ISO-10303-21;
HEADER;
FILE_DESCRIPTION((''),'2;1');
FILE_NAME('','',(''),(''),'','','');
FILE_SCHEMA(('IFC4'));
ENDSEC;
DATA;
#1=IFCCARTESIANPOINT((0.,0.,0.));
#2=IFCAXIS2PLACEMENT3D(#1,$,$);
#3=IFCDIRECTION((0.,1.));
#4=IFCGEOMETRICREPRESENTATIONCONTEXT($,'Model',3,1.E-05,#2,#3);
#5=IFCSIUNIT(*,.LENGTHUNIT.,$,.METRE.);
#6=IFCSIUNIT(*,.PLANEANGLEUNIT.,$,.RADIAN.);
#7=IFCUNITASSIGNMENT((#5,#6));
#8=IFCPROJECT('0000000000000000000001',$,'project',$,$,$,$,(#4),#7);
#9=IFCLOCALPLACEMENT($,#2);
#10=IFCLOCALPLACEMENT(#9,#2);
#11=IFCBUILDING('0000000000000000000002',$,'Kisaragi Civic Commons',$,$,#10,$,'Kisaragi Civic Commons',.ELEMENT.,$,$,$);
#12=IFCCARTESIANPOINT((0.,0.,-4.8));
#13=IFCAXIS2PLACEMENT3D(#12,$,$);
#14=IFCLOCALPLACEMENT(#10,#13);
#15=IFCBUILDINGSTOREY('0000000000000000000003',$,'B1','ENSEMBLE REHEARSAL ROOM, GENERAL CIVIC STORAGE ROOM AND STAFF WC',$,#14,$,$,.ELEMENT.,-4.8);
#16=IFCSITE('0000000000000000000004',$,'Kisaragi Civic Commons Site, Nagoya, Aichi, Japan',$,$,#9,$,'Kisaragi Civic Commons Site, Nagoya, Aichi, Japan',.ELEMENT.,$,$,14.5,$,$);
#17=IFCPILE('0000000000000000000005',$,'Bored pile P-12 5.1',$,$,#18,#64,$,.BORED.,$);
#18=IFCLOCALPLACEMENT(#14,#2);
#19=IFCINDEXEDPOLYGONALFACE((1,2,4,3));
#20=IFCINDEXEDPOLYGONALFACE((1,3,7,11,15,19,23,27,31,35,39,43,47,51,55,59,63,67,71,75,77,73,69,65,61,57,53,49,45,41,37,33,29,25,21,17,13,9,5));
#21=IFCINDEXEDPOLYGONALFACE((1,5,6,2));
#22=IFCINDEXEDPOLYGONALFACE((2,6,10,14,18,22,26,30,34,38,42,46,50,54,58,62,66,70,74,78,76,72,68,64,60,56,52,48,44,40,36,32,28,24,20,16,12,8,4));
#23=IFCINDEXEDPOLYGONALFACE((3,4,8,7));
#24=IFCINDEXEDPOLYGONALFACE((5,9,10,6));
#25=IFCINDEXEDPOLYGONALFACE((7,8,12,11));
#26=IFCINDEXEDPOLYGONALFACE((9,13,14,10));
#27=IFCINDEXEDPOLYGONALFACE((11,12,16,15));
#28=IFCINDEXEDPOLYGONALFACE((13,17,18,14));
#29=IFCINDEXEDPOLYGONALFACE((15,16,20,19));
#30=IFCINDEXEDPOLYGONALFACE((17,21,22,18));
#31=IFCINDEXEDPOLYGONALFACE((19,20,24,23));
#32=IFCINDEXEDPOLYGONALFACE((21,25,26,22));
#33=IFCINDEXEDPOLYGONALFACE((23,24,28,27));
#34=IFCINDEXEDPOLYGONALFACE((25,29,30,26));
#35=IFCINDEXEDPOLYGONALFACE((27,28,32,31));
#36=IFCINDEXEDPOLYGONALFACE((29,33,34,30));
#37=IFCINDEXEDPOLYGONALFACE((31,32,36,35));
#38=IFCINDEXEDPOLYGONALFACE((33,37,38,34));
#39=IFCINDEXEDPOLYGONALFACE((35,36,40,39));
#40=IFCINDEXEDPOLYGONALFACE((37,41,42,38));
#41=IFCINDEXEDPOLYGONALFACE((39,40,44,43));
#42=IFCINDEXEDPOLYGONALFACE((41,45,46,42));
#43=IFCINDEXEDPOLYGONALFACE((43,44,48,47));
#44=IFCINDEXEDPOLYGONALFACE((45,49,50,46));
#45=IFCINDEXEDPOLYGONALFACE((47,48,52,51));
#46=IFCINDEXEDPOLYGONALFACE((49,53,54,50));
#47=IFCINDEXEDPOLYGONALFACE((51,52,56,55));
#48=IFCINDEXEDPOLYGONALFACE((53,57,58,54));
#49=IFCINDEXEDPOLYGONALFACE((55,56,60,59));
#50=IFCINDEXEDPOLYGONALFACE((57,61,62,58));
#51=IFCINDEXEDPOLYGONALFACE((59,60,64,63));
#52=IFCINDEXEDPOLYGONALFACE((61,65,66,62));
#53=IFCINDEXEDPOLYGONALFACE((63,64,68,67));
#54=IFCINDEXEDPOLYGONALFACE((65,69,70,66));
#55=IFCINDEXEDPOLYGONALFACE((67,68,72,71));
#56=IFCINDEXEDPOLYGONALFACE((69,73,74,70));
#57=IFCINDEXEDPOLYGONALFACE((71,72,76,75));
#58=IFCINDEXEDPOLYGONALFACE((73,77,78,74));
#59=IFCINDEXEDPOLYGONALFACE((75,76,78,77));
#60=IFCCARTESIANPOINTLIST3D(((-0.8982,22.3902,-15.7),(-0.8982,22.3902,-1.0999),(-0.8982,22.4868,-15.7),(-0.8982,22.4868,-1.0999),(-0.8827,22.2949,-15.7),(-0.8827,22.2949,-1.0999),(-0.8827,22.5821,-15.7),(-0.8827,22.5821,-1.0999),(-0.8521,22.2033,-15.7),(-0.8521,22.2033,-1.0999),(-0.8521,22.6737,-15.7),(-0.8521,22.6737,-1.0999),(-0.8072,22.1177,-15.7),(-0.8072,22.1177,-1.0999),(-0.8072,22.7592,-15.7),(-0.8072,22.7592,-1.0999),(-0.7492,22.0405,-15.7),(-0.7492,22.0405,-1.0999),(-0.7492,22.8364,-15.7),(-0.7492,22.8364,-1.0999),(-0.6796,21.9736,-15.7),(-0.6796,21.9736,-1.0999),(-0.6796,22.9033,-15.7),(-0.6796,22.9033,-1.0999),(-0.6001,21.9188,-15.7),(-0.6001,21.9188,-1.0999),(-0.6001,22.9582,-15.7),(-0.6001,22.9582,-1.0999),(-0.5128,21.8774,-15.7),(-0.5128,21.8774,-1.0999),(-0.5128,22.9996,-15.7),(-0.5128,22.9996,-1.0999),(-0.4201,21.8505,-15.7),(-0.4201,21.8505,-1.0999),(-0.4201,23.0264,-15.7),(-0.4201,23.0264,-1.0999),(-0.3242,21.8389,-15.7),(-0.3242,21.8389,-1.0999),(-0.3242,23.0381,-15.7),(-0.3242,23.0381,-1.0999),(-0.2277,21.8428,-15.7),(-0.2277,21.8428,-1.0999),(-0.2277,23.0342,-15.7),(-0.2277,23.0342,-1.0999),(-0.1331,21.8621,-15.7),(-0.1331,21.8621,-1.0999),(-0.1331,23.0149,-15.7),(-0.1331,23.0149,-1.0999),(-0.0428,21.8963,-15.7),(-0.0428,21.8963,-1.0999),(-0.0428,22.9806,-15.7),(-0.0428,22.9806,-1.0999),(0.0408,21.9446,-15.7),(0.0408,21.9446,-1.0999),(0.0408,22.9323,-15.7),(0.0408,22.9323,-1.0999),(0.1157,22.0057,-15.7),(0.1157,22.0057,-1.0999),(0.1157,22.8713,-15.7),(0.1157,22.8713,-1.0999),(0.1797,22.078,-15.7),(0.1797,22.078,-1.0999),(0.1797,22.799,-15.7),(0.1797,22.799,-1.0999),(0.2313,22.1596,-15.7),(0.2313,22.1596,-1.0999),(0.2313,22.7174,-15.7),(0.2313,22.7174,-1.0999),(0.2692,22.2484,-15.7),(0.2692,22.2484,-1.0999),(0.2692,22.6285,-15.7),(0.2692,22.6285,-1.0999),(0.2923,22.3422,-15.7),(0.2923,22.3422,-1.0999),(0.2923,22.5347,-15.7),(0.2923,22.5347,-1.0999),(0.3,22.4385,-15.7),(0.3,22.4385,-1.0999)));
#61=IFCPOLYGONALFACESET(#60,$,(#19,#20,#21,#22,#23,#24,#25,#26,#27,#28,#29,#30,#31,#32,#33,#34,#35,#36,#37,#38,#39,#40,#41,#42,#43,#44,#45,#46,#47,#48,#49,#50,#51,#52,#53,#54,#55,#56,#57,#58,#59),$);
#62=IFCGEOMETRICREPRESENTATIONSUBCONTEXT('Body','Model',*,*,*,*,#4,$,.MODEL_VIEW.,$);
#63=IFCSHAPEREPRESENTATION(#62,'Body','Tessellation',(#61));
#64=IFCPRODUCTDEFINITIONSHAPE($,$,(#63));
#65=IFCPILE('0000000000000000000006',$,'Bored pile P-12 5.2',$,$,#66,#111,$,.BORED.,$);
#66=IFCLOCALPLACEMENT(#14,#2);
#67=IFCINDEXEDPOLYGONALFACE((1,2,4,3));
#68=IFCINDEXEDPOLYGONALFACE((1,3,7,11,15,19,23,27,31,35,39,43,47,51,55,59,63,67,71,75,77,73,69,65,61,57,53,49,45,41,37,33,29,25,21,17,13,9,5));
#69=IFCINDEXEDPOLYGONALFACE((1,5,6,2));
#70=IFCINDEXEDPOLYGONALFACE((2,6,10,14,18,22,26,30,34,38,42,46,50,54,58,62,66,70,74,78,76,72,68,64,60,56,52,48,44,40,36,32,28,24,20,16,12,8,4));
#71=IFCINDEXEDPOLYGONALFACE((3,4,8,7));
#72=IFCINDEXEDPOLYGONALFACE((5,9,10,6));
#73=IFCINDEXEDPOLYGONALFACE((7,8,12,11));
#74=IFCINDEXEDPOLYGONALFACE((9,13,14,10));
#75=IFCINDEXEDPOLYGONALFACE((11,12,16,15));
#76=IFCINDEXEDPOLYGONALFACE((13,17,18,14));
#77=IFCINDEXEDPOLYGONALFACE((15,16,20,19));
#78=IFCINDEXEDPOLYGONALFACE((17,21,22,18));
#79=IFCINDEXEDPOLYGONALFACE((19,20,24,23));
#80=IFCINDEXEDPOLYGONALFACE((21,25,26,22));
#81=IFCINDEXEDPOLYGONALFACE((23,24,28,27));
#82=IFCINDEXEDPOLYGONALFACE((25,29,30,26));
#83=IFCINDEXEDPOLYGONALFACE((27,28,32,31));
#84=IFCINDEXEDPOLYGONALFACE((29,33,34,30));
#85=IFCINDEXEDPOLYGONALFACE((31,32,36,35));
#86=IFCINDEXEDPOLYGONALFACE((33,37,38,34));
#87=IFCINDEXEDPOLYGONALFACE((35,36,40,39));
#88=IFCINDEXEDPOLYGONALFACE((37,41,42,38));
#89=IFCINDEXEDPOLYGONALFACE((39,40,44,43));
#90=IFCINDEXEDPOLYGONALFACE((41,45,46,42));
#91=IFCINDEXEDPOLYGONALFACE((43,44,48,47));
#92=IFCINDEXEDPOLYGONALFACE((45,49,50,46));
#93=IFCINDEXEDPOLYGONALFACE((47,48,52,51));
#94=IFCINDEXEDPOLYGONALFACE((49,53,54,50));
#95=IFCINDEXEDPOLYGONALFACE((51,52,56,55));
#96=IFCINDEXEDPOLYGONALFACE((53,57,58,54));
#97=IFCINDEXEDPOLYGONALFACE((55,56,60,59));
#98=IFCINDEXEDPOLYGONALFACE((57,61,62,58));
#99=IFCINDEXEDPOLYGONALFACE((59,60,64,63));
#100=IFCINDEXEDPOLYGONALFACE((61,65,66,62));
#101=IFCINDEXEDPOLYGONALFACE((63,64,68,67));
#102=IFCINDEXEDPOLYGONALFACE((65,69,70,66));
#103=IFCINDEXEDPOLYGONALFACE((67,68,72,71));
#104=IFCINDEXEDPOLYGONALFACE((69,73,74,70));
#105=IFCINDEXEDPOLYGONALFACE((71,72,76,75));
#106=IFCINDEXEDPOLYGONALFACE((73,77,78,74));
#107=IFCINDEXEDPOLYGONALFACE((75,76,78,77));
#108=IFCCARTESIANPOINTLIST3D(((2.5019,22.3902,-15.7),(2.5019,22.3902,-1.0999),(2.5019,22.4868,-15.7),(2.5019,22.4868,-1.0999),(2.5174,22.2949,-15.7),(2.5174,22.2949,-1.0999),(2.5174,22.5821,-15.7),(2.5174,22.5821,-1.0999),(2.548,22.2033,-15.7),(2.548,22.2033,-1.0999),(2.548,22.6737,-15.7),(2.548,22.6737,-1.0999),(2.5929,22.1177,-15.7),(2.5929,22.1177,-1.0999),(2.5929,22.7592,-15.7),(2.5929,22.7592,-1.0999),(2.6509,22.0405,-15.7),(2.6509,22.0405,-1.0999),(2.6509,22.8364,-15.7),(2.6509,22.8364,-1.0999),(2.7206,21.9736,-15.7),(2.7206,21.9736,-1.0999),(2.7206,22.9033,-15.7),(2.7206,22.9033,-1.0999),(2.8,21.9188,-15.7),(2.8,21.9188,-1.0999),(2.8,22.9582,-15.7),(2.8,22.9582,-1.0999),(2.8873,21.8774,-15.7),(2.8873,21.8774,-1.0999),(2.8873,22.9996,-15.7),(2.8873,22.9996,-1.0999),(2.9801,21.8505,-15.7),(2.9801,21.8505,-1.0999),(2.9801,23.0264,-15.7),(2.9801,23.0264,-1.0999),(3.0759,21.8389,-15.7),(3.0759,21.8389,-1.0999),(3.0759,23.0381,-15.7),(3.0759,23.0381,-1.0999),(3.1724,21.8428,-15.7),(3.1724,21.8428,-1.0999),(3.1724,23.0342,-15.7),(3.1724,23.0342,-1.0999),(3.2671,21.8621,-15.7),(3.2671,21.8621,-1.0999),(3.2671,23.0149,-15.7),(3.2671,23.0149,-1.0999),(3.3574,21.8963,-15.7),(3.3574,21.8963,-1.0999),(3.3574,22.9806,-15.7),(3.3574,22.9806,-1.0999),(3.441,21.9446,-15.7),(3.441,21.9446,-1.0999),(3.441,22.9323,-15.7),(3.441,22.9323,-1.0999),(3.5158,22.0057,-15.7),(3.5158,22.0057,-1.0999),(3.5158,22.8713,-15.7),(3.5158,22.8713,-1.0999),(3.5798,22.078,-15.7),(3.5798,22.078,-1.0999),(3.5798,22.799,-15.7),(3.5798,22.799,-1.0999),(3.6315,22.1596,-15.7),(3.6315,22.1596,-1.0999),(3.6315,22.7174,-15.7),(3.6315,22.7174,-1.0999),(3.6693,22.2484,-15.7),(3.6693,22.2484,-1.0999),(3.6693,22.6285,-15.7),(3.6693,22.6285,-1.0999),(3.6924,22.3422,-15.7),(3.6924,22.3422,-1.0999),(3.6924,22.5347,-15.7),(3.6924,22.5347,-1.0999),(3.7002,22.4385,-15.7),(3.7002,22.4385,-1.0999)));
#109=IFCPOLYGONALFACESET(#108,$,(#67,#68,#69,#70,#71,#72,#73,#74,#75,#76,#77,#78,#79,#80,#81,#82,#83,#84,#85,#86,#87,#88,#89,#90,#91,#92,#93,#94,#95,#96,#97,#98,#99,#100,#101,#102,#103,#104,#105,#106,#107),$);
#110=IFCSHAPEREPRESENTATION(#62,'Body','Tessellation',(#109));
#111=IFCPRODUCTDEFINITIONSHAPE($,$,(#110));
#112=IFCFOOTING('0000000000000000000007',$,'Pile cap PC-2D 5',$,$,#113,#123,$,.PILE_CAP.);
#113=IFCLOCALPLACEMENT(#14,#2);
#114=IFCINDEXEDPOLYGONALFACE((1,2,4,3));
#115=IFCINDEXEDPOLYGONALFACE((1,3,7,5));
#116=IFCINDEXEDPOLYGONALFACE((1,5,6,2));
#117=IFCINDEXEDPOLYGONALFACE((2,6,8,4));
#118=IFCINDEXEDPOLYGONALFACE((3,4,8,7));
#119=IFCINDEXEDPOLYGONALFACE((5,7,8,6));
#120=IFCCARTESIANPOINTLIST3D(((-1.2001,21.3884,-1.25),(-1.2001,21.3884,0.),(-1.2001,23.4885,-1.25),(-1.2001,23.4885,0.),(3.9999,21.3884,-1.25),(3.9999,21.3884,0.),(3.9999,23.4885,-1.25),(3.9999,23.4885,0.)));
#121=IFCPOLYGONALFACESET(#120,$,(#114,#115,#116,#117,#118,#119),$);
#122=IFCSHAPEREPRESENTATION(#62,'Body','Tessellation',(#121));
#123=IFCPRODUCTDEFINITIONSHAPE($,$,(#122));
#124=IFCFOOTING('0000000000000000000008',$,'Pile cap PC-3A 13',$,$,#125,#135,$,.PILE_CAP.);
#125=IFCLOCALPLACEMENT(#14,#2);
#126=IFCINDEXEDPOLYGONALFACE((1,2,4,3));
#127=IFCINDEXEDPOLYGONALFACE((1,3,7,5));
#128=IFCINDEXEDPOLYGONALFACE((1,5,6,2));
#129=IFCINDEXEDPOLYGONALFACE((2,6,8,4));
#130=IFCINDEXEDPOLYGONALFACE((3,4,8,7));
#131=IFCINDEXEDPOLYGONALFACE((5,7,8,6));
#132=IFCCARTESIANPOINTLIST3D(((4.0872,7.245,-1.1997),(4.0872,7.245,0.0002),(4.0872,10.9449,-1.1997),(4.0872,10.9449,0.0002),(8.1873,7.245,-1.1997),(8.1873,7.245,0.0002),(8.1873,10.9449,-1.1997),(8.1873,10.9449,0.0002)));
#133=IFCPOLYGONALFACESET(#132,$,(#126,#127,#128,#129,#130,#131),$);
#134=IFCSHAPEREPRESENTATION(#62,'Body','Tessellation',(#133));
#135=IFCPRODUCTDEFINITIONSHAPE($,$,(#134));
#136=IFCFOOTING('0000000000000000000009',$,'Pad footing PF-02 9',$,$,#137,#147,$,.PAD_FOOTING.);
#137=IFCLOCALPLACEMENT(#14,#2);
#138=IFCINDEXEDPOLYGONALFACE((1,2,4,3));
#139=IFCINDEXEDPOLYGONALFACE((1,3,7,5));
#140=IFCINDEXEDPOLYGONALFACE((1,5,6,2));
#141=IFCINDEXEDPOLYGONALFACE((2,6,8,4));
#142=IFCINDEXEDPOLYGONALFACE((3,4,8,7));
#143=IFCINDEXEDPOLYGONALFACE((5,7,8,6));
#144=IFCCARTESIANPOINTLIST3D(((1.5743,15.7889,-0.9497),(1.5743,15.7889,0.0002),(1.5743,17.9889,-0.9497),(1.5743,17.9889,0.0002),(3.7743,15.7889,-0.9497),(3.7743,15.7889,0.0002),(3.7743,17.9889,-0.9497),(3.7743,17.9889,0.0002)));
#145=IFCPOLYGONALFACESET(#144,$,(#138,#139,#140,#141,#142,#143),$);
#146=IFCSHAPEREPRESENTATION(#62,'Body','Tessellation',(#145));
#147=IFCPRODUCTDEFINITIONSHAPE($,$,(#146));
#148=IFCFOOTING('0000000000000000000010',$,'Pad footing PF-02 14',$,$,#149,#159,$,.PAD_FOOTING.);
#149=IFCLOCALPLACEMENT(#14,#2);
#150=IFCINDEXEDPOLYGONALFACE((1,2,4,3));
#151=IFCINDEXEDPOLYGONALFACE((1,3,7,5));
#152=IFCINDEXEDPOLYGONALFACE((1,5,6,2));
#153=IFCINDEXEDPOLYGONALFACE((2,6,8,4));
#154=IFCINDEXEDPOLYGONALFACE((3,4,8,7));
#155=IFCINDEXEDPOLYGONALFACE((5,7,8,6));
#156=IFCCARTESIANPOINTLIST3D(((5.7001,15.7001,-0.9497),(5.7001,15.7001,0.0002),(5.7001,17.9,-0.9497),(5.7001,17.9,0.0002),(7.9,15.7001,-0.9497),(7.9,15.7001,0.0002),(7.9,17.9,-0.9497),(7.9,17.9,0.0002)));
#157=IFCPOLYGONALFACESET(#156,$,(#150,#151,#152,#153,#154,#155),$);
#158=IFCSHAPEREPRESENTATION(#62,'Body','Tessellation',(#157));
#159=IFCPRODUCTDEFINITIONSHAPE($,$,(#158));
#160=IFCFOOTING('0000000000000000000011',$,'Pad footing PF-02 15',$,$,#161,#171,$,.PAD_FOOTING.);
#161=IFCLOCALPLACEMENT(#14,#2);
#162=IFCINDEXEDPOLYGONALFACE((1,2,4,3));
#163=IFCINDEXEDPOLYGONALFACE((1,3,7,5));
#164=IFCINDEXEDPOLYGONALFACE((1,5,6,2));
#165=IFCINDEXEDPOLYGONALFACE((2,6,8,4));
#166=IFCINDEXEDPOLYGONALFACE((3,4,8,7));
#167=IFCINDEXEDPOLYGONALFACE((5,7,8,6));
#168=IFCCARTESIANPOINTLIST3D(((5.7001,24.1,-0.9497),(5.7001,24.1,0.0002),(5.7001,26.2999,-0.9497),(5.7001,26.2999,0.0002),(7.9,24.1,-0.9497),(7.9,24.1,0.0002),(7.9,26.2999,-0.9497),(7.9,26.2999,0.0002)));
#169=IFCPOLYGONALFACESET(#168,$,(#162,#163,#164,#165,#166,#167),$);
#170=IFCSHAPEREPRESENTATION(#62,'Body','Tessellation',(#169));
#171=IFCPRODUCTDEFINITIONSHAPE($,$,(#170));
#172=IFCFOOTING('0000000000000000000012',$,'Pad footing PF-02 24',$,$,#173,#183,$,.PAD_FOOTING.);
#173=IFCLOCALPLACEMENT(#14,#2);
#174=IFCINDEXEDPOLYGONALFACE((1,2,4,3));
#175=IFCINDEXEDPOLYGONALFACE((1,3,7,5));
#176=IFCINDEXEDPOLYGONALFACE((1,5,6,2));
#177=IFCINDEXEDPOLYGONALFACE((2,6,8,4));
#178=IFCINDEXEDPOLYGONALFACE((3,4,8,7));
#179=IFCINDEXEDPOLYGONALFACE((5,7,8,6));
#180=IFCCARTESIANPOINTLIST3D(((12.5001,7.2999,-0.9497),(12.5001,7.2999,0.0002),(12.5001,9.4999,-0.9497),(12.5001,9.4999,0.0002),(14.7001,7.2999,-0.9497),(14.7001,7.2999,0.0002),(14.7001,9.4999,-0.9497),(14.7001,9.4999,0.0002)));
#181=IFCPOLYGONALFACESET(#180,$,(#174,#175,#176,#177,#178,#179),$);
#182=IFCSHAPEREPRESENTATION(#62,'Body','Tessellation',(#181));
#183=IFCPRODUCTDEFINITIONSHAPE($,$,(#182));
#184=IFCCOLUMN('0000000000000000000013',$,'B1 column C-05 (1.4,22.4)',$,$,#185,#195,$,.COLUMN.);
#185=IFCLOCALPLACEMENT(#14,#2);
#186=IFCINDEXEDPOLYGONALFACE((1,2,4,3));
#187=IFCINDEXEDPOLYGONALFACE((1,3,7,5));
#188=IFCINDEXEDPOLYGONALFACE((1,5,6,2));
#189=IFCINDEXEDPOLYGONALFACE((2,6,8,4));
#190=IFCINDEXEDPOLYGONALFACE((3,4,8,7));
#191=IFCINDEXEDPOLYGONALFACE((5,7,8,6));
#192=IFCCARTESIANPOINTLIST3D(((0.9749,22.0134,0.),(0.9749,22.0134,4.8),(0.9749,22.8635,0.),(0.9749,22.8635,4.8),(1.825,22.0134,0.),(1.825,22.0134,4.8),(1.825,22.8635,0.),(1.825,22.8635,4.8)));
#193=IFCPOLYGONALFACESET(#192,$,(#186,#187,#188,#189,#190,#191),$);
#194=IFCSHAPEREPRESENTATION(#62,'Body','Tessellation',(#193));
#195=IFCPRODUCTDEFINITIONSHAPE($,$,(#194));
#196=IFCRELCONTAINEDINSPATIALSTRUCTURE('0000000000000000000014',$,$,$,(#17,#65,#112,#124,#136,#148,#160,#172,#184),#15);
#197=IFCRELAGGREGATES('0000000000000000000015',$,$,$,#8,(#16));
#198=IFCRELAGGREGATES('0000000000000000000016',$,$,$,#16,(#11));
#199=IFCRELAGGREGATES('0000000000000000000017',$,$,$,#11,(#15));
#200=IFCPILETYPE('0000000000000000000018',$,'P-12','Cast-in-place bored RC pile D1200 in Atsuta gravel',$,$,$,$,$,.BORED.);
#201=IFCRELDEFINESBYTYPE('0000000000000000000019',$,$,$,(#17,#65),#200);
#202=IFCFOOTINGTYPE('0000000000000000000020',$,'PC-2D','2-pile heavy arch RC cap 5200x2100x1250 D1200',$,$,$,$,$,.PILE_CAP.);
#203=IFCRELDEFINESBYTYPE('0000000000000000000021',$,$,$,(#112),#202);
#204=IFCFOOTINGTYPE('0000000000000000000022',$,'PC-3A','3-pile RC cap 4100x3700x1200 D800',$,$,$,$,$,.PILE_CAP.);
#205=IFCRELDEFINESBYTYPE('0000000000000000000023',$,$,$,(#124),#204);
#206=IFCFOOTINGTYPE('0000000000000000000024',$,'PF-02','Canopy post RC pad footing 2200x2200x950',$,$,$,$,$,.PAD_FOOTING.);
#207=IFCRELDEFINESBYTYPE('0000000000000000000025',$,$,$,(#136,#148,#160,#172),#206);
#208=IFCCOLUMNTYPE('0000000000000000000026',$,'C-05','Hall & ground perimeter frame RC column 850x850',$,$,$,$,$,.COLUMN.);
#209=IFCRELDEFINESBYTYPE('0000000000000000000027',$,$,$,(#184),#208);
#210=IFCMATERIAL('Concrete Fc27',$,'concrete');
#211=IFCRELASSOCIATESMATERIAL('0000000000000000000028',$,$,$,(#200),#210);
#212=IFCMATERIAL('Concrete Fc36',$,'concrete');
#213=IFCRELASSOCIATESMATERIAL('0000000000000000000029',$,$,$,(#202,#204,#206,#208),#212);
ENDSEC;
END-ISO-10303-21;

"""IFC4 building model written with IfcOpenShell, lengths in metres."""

from ifc_helpers import new_model, si_unit, direction, frame, origin, origin_2d, place, context, subcontext, project, spatial, rectangle, circle, extrude, material, material_profile, profile_set, type_object, element, save


model = new_model("IFC4")

# Units and contexts
model_context = context("Model", 3, precision=1e-05, world=origin(), true_north=direction((0.0, 1.0)))
body_context = subcontext(model_context, "Body", "Model", "MODEL_VIEW")
ifc_project = project(units=[si_unit("LENGTHUNIT", "METRE"), si_unit("PLANEANGLEUNIT", "RADIAN")], contexts=[model_context])

# Site, building, storey
site_placement = place(None, origin())
site = spatial("IfcSite", under=ifc_project, at=site_placement, Name="Kisaragi Civic Commons Site, Nagoya, Aichi, Japan", LongName="Kisaragi Civic Commons Site, Nagoya, Aichi, Japan", CompositionType="ELEMENT", RefElevation=14.5)
building_placement = place(site_placement, origin())
building = spatial("IfcBuilding", under=site, at=building_placement, Name="Kisaragi Civic Commons", LongName="Kisaragi Civic Commons", CompositionType="ELEMENT")
storey_placement = place(building_placement, frame((0.0, 0.0, -4.8)))
storey = spatial("IfcBuildingStorey", under=building, at=storey_placement, Name="B1", Description="ENSEMBLE REHEARSAL ROOM, GENERAL CIVIC STORAGE ROOM AND STAFF WC", CompositionType="ELEMENT", Elevation=-4.8)

# Shared definitions
ifc_material_1 = material(Name="Concrete Fc27", Category="concrete")

# Piles
ifc_material_profile_1 = material_profile(ifc_material_1, circle(Radius=0.6001, at=origin_2d()), Name="PILE-D1200", Category="concrete")
ifc_profile_set_1 = profile_set([ifc_material_profile_1], Name="Concrete Fc27")
pile_type_1 = type_object("IfcPileType", Name="P-12", Description="Cast-in-place bored RC pile D1200 in Atsuta gravel", PredefinedType="BORED", material=ifc_profile_set_1)
for number, where, z_axis, x_axis, name in (
    (1, (-0.3, 22.4385, -1.0999), (0.0, 0.0, -1.0), (1.0, 0.0, 0.0), "Bored pile P-12 5.1"),
    (2, (3.1001, 22.4385, -1.0999), (0.0, 0.0, -1.0), (1.0, 0.0, 0.0), "Bored pile P-12 5.2"),
):
    element("IfcPile", number, at=place(storey_placement, frame(where, z_axis=z_axis, x_axis=x_axis)), inside=storey, type_object=pile_type_1, Name=name, PredefinedType="BORED", context=body_context, shape_type="SweptSolid", body=[
        extrude(circle(Radius=0.6001, at=origin_2d()), origin(), (0.0, 0.0, 1.0), 14.6001),
    ])

# Footings
ifc_material_2 = material(Name="Concrete Fc36", Category="concrete")
footing_type_1 = type_object("IfcFootingType", Name="PC-2D", Description="2-pile heavy arch RC cap 5200x2100x1250 D1200", PredefinedType="PILE_CAP", material=ifc_material_2)
footing_1_placement = place(storey_placement, frame((1.3999, 22.4385, -1.25), z_axis=(0.0, 0.0, 1.0), x_axis=(1.0, 0.0, 0.0)))
element("IfcFooting", 3, at=footing_1_placement, inside=storey, type_object=footing_type_1, Name="Pile cap PC-2D 5", PredefinedType="PILE_CAP", context=body_context, shape_type="SweptSolid", body=[
    extrude(rectangle(XDim=5.2, YDim=2.1001, at=origin_2d()), origin(), (0.0, 0.0, 1.0), 1.25),
])
footing_type_2 = type_object("IfcFootingType", Name="PC-3A", Description="3-pile RC cap 4100x3700x1200 D800", PredefinedType="PILE_CAP", material=ifc_material_2)
footing_2_placement = place(storey_placement, frame((6.1372, 9.095, -1.1997), z_axis=(0.0, 0.0, 1.0), x_axis=(1.0, 0.0, 0.0)))
element("IfcFooting", 4, at=footing_2_placement, inside=storey, type_object=footing_type_2, Name="Pile cap PC-3A 13", PredefinedType="PILE_CAP", context=body_context, shape_type="SweptSolid", body=[
    extrude(rectangle(XDim=4.1001, YDim=3.7, at=origin_2d()), origin(), (0.0, 0.0, 1.0), 1.2),
])
footing_type_3 = type_object("IfcFootingType", Name="PF-02", Description="Canopy post RC pad footing 2200x2200x950", PredefinedType="PAD_FOOTING", material=ifc_material_2)
for number, where, z_axis, x_axis, name in (
    (5, (2.6743, 16.8889, -0.9497), (0.0, 0.0, 1.0), (1.0, 0.0, 0.0), "Pad footing PF-02 9"),
    (6, (6.8, 16.8, -0.9497), (0.0, 0.0, 1.0), (1.0, 0.0, 0.0), "Pad footing PF-02 14"),
    (7, (6.8, 25.2, -0.9497), (0.0, 0.0, 1.0), (1.0, 0.0, 0.0), "Pad footing PF-02 15"),
    (8, (13.6001, 8.3999, -0.9497), (0.0, 0.0, 1.0), (1.0, 0.0, 0.0), "Pad footing PF-02 24"),
):
    element("IfcFooting", number, at=place(storey_placement, frame(where, z_axis=z_axis, x_axis=x_axis)), inside=storey, type_object=footing_type_3, Name=name, PredefinedType="PAD_FOOTING", context=body_context, shape_type="SweptSolid", body=[
        extrude(rectangle(XDim=2.2, YDim=2.2, at=origin_2d()), origin(), (0.0, 0.0, 1.0), 0.95),
    ])

# Column
ifc_material_profile_2 = material_profile(ifc_material_2, rectangle(XDim=0.8501, YDim=0.8501, at=origin_2d()), Name="RC-850x850", Category="concrete")
ifc_profile_set_2 = profile_set([ifc_material_profile_2], Name="Concrete Fc36")
column_type_1 = type_object("IfcColumnType", Name="C-05", Description="Hall & ground perimeter frame RC column 850x850", PredefinedType="COLUMN", material=ifc_profile_set_2)
column_placement = place(storey_placement, frame((1.3999, 22.4385, 0.0), z_axis=(0.0, 0.0, 1.0), x_axis=(1.0, 0.0, 0.0)))
element("IfcColumn", 9, at=column_placement, inside=storey, type_object=column_type_1, Name="B1 column C-05 (1.4,22.4)", PredefinedType="COLUMN", context=body_context, shape_type="SweptSolid", body=[
    extrude(rectangle(XDim=0.8501, YDim=0.8501, at=origin_2d()), origin(), (0.0, 0.0, 1.0), 4.8),
])

save(model, "model.ifc")
